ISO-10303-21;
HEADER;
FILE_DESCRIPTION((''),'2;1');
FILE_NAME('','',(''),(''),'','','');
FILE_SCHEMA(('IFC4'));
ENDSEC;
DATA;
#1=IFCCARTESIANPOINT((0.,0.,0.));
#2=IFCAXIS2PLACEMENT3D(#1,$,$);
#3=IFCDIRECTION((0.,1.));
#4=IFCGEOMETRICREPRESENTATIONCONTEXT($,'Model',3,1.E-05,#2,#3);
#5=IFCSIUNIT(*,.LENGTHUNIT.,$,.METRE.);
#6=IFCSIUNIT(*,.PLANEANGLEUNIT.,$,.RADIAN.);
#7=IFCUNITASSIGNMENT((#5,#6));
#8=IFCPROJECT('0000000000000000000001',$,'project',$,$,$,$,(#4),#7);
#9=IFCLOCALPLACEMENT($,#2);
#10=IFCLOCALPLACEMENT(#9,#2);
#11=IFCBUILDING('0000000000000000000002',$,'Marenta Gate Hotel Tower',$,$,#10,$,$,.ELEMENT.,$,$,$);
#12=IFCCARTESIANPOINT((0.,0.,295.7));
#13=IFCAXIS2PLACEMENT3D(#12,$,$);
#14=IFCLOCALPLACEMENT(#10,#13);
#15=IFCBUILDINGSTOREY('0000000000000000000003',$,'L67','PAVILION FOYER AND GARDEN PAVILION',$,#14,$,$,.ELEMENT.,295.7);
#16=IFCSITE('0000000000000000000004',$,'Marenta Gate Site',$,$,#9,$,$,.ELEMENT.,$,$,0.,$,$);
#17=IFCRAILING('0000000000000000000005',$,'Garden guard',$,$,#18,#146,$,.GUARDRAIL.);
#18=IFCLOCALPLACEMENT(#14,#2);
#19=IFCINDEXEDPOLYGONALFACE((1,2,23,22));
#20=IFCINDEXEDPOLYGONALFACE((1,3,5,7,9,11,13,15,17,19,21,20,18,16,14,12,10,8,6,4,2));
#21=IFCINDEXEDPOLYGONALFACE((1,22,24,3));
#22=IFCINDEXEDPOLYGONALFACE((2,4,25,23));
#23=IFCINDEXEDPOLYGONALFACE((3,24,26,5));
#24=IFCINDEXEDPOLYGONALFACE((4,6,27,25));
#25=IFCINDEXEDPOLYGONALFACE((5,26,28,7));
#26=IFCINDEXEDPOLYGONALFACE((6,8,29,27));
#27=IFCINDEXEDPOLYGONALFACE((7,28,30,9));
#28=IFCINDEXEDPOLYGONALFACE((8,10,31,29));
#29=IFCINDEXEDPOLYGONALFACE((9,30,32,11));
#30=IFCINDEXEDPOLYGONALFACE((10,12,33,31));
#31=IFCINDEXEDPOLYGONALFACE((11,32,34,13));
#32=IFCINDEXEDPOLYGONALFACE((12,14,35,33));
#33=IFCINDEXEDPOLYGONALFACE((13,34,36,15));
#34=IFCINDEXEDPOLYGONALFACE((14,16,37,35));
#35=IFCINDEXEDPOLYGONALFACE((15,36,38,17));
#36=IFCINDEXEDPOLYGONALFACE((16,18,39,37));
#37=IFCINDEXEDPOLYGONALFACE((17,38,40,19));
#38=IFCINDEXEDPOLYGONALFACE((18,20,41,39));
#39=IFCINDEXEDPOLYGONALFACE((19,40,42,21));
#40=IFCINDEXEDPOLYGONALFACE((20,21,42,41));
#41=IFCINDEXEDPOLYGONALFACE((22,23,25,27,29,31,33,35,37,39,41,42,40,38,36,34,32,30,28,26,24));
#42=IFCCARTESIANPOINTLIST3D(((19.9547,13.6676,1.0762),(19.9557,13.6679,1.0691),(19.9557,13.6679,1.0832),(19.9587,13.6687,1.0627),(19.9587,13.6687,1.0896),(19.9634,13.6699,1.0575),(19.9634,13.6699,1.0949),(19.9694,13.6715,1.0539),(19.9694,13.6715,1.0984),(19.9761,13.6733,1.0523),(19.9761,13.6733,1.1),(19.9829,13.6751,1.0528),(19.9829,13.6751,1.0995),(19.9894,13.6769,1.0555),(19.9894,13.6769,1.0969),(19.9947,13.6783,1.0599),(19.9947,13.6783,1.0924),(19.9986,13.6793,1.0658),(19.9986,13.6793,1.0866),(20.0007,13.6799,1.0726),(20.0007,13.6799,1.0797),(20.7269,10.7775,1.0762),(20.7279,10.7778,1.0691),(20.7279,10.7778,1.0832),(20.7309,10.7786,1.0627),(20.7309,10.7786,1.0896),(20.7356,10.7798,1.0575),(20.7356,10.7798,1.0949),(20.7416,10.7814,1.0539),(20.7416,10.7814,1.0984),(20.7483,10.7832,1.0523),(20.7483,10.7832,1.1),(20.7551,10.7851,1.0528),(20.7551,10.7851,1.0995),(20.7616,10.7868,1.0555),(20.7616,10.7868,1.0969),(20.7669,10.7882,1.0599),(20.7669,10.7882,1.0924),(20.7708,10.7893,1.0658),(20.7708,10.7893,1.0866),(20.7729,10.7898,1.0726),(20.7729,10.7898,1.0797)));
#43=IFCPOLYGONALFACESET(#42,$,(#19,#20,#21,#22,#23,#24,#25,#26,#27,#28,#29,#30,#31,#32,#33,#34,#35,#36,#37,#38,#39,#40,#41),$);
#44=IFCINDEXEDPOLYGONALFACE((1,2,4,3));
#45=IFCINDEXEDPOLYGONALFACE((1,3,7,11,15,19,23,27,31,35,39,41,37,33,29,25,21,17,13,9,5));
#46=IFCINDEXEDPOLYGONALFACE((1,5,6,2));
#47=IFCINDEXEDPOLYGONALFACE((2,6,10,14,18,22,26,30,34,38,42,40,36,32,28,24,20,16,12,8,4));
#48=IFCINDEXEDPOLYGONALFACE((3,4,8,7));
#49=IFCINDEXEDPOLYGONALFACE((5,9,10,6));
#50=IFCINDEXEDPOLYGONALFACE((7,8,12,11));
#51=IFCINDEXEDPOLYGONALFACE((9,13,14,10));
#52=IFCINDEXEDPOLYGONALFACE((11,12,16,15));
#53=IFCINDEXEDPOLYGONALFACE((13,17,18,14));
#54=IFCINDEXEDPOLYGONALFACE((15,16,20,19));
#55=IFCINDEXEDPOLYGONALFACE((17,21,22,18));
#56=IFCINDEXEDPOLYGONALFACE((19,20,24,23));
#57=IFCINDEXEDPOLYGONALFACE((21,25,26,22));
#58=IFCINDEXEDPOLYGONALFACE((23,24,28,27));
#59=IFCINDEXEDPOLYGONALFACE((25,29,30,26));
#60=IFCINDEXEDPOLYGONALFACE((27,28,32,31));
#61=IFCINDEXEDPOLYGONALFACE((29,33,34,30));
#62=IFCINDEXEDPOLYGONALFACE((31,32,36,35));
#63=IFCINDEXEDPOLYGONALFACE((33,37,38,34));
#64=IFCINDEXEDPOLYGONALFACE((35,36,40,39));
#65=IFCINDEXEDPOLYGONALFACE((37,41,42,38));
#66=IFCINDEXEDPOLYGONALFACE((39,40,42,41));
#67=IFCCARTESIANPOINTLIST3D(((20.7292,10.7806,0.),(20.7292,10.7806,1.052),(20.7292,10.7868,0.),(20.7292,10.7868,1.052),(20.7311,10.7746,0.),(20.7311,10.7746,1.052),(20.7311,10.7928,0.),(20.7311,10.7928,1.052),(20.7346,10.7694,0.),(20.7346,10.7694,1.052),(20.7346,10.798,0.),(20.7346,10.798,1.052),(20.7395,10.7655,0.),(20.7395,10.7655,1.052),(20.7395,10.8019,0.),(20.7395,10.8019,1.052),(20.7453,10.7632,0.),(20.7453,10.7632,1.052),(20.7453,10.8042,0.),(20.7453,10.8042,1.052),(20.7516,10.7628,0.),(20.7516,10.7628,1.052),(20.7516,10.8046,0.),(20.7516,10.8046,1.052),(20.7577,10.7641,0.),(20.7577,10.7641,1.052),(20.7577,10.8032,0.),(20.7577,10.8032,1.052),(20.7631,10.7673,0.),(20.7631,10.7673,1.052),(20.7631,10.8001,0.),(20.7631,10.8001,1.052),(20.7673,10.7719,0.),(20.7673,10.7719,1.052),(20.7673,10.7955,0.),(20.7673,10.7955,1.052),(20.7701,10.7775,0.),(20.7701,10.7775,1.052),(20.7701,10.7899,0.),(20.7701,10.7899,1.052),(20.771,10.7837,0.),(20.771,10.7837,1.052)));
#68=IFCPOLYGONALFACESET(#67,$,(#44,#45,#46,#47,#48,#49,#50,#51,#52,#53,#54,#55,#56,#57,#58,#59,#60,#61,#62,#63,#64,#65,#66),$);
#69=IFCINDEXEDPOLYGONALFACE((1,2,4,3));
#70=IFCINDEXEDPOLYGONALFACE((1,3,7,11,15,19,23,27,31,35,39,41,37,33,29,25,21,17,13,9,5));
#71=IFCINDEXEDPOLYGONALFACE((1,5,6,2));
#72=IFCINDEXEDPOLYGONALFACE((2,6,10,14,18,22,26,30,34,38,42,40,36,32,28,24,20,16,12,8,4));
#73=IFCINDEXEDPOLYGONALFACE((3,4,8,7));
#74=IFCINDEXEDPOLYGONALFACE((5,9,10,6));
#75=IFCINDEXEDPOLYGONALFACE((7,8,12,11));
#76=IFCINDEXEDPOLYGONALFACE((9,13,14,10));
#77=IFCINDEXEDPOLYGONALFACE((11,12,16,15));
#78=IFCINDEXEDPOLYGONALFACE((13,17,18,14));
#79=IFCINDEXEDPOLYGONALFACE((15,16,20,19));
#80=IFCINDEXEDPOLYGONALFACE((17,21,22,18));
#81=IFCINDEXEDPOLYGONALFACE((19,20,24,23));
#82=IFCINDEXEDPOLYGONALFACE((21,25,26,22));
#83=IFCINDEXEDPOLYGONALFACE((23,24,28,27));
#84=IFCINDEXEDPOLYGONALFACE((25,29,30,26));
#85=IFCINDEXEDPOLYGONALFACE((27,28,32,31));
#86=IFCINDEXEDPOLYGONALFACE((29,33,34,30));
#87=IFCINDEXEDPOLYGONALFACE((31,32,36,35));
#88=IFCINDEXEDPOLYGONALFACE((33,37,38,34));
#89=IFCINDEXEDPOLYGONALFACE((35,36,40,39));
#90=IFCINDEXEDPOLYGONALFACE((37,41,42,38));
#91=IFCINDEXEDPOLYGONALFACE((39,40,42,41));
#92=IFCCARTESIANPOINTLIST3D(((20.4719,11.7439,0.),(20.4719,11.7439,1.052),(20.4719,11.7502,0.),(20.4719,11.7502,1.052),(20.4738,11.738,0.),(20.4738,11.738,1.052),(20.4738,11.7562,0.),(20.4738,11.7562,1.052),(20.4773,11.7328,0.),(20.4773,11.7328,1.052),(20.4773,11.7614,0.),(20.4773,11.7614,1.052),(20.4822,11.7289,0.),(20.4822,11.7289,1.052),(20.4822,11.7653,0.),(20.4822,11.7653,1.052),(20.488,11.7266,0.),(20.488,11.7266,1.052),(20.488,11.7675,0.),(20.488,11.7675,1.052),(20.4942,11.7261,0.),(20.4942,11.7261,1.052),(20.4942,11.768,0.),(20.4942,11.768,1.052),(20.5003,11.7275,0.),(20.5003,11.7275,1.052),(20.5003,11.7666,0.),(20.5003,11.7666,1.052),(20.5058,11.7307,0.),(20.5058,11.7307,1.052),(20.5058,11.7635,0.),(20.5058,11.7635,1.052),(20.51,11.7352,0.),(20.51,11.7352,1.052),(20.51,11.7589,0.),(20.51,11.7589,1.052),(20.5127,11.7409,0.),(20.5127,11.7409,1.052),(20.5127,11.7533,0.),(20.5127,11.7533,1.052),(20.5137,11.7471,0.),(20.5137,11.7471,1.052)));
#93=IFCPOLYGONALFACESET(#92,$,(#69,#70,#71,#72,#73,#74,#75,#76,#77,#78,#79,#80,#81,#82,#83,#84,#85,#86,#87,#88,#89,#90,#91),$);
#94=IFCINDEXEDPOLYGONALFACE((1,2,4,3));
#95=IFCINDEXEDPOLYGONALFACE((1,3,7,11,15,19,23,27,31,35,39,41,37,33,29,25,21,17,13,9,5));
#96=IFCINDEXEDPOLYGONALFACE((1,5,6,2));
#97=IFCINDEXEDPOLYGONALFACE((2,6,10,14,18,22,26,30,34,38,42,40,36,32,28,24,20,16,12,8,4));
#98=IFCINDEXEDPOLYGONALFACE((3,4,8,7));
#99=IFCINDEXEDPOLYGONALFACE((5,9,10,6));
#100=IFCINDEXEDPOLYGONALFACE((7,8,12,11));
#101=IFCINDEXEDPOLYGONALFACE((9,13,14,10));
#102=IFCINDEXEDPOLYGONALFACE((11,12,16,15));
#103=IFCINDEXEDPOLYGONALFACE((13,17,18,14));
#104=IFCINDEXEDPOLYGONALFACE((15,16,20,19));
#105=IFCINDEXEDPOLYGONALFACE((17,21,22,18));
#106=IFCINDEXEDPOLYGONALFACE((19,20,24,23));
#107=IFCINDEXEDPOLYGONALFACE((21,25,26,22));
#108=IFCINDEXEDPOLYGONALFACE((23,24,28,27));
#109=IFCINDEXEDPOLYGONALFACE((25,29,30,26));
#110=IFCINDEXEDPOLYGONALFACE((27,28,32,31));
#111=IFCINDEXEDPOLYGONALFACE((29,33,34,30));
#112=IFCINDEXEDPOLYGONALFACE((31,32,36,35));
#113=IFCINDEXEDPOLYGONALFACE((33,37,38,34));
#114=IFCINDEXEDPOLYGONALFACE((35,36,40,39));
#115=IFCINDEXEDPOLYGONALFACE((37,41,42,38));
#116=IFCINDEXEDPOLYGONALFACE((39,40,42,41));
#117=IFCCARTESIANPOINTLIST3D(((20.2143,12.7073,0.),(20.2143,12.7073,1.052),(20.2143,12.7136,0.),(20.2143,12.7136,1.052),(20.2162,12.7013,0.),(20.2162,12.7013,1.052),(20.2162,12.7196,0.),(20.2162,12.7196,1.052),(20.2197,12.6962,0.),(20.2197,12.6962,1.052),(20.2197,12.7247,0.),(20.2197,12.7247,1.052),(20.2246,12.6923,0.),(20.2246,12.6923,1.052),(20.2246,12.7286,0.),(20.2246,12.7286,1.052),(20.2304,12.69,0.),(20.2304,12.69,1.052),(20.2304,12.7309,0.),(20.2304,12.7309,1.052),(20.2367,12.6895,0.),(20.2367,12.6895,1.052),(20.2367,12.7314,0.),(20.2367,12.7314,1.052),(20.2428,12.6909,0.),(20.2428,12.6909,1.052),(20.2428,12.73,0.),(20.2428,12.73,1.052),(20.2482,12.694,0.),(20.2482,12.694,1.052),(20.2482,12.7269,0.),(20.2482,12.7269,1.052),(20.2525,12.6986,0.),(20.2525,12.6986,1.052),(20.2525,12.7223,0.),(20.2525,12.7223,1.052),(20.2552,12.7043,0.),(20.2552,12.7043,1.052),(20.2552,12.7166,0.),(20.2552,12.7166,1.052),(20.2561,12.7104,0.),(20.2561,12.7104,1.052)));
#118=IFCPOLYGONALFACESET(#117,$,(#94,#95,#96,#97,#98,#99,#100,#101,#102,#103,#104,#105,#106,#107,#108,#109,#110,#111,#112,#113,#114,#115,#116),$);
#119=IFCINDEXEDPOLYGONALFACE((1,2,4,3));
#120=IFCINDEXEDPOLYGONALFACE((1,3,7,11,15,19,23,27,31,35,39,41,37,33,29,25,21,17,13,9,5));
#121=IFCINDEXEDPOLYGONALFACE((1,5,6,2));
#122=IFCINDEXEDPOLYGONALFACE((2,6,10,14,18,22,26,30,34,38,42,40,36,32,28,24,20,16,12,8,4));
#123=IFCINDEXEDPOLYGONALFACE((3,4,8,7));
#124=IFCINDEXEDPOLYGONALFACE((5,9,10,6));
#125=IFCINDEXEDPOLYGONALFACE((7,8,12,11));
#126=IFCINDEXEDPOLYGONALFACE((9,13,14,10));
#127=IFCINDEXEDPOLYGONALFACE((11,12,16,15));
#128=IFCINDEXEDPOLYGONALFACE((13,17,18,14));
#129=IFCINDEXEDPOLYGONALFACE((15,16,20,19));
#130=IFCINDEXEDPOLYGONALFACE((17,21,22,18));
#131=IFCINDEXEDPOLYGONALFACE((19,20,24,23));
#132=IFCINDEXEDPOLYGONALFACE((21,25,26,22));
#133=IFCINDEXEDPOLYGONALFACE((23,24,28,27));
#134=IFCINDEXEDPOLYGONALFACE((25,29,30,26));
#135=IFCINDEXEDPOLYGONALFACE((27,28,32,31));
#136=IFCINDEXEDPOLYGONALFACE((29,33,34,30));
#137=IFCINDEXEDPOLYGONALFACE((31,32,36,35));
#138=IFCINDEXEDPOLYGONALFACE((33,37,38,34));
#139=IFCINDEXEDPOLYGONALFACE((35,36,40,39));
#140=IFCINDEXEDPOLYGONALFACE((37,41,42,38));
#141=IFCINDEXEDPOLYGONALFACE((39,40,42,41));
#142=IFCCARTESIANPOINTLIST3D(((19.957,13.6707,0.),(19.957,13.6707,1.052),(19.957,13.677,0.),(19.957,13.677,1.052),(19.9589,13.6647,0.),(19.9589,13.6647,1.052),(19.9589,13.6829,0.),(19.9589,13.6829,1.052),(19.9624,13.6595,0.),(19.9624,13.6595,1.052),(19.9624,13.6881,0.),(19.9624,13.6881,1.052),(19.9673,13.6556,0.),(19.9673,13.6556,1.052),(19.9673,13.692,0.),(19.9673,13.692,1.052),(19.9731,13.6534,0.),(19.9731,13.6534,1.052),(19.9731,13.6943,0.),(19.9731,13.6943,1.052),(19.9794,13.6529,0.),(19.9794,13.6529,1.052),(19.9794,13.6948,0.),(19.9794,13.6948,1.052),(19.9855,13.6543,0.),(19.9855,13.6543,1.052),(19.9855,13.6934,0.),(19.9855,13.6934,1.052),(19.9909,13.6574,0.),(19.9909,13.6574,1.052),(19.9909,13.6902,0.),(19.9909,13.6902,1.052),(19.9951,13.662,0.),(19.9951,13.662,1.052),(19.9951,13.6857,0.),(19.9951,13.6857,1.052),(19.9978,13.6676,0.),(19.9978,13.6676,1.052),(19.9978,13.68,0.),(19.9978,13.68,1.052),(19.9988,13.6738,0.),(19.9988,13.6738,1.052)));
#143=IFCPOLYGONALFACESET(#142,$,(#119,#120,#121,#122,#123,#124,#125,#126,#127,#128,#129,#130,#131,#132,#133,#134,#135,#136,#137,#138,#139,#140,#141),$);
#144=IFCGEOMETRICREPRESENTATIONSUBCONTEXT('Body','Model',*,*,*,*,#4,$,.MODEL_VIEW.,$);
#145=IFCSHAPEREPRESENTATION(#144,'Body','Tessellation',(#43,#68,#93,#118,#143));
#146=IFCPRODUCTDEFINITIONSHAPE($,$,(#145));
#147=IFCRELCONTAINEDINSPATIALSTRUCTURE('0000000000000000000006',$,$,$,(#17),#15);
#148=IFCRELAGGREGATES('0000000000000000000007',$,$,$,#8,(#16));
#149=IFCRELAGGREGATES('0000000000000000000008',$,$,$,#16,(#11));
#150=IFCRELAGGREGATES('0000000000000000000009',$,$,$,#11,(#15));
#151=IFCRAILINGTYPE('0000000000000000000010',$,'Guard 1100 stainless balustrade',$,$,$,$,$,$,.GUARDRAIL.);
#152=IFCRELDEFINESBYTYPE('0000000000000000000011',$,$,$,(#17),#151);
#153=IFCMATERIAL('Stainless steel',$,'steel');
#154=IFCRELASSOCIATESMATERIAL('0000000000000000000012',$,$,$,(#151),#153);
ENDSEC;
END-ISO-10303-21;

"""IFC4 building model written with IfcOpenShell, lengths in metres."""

from ifc_helpers import new_model, si_unit, direction, frame, origin, origin_2d, place, context, subcontext, project, spatial, circle, extrude, material, type_object, element, save


model = new_model("IFC4")

# Units and contexts
model_context = context("Model", 3, precision=1e-05, world=origin(), true_north=direction((0.0, 1.0)))
body_context = subcontext(model_context, "Body", "Model", "MODEL_VIEW")
ifc_project = project(units=[si_unit("LENGTHUNIT", "METRE"), si_unit("PLANEANGLEUNIT", "RADIAN")], contexts=[model_context])

# Site, building, storey
site_placement = place(None, origin())
site = spatial("IfcSite", under=ifc_project, at=site_placement, Name="Marenta Gate Site", CompositionType="ELEMENT", RefElevation=0.0)
building_placement = place(site_placement, origin())
building = spatial("IfcBuilding", under=site, at=building_placement, Name="Marenta Gate Hotel Tower", CompositionType="ELEMENT")
storey_placement = place(building_placement, frame((0.0, 0.0, 295.7)))
storey = spatial("IfcBuildingStorey", under=building, at=storey_placement, Name="L67", Description="PAVILION FOYER AND GARDEN PAVILION", CompositionType="ELEMENT", Elevation=295.7)

# Railing
ifc_material_1 = material(Name="Stainless steel", Category="steel")
railing_type_1 = type_object("IfcRailingType", Name="Guard 1100 stainless balustrade", PredefinedType="GUARDRAIL", material=ifc_material_1)
railing_1_placement = place(storey_placement, frame((20.75, 10.7837, 0.0)))
element("IfcRailing", 1, at=railing_1_placement, inside=storey, type_object=railing_type_1, Name="Garden guard", PredefinedType="GUARDRAIL", context=body_context, shape_type="SweptSolid", body=[
    extrude(circle(Radius=0.0239, at=origin_2d()), frame((0.0, 0.0, 1.0762), z_axis=(-0.258135, 0.966109, 0.0), x_axis=(-0.966109, -0.258135, 0.0)), (0.0, 0.0, 1.0), 2.9915),
    extrude(circle(Radius=0.021, at=origin_2d()), origin(), (0.0, 0.0, 1.0), 1.052),
    extrude(circle(Radius=0.021, at=origin_2d()), frame((-0.2573, 0.9634, 0.0)), (0.0, 0.0, 1.0), 1.052),
    extrude(circle(Radius=0.021, at=origin_2d()), frame((-0.5149, 1.9268, 0.0)), (0.0, 0.0, 1.0), 1.052),
    extrude(circle(Radius=0.021, at=origin_2d()), frame((-0.7722, 2.8901, 0.0)), (0.0, 0.0, 1.0), 1.052),
])

save(model, "model.ifc")
